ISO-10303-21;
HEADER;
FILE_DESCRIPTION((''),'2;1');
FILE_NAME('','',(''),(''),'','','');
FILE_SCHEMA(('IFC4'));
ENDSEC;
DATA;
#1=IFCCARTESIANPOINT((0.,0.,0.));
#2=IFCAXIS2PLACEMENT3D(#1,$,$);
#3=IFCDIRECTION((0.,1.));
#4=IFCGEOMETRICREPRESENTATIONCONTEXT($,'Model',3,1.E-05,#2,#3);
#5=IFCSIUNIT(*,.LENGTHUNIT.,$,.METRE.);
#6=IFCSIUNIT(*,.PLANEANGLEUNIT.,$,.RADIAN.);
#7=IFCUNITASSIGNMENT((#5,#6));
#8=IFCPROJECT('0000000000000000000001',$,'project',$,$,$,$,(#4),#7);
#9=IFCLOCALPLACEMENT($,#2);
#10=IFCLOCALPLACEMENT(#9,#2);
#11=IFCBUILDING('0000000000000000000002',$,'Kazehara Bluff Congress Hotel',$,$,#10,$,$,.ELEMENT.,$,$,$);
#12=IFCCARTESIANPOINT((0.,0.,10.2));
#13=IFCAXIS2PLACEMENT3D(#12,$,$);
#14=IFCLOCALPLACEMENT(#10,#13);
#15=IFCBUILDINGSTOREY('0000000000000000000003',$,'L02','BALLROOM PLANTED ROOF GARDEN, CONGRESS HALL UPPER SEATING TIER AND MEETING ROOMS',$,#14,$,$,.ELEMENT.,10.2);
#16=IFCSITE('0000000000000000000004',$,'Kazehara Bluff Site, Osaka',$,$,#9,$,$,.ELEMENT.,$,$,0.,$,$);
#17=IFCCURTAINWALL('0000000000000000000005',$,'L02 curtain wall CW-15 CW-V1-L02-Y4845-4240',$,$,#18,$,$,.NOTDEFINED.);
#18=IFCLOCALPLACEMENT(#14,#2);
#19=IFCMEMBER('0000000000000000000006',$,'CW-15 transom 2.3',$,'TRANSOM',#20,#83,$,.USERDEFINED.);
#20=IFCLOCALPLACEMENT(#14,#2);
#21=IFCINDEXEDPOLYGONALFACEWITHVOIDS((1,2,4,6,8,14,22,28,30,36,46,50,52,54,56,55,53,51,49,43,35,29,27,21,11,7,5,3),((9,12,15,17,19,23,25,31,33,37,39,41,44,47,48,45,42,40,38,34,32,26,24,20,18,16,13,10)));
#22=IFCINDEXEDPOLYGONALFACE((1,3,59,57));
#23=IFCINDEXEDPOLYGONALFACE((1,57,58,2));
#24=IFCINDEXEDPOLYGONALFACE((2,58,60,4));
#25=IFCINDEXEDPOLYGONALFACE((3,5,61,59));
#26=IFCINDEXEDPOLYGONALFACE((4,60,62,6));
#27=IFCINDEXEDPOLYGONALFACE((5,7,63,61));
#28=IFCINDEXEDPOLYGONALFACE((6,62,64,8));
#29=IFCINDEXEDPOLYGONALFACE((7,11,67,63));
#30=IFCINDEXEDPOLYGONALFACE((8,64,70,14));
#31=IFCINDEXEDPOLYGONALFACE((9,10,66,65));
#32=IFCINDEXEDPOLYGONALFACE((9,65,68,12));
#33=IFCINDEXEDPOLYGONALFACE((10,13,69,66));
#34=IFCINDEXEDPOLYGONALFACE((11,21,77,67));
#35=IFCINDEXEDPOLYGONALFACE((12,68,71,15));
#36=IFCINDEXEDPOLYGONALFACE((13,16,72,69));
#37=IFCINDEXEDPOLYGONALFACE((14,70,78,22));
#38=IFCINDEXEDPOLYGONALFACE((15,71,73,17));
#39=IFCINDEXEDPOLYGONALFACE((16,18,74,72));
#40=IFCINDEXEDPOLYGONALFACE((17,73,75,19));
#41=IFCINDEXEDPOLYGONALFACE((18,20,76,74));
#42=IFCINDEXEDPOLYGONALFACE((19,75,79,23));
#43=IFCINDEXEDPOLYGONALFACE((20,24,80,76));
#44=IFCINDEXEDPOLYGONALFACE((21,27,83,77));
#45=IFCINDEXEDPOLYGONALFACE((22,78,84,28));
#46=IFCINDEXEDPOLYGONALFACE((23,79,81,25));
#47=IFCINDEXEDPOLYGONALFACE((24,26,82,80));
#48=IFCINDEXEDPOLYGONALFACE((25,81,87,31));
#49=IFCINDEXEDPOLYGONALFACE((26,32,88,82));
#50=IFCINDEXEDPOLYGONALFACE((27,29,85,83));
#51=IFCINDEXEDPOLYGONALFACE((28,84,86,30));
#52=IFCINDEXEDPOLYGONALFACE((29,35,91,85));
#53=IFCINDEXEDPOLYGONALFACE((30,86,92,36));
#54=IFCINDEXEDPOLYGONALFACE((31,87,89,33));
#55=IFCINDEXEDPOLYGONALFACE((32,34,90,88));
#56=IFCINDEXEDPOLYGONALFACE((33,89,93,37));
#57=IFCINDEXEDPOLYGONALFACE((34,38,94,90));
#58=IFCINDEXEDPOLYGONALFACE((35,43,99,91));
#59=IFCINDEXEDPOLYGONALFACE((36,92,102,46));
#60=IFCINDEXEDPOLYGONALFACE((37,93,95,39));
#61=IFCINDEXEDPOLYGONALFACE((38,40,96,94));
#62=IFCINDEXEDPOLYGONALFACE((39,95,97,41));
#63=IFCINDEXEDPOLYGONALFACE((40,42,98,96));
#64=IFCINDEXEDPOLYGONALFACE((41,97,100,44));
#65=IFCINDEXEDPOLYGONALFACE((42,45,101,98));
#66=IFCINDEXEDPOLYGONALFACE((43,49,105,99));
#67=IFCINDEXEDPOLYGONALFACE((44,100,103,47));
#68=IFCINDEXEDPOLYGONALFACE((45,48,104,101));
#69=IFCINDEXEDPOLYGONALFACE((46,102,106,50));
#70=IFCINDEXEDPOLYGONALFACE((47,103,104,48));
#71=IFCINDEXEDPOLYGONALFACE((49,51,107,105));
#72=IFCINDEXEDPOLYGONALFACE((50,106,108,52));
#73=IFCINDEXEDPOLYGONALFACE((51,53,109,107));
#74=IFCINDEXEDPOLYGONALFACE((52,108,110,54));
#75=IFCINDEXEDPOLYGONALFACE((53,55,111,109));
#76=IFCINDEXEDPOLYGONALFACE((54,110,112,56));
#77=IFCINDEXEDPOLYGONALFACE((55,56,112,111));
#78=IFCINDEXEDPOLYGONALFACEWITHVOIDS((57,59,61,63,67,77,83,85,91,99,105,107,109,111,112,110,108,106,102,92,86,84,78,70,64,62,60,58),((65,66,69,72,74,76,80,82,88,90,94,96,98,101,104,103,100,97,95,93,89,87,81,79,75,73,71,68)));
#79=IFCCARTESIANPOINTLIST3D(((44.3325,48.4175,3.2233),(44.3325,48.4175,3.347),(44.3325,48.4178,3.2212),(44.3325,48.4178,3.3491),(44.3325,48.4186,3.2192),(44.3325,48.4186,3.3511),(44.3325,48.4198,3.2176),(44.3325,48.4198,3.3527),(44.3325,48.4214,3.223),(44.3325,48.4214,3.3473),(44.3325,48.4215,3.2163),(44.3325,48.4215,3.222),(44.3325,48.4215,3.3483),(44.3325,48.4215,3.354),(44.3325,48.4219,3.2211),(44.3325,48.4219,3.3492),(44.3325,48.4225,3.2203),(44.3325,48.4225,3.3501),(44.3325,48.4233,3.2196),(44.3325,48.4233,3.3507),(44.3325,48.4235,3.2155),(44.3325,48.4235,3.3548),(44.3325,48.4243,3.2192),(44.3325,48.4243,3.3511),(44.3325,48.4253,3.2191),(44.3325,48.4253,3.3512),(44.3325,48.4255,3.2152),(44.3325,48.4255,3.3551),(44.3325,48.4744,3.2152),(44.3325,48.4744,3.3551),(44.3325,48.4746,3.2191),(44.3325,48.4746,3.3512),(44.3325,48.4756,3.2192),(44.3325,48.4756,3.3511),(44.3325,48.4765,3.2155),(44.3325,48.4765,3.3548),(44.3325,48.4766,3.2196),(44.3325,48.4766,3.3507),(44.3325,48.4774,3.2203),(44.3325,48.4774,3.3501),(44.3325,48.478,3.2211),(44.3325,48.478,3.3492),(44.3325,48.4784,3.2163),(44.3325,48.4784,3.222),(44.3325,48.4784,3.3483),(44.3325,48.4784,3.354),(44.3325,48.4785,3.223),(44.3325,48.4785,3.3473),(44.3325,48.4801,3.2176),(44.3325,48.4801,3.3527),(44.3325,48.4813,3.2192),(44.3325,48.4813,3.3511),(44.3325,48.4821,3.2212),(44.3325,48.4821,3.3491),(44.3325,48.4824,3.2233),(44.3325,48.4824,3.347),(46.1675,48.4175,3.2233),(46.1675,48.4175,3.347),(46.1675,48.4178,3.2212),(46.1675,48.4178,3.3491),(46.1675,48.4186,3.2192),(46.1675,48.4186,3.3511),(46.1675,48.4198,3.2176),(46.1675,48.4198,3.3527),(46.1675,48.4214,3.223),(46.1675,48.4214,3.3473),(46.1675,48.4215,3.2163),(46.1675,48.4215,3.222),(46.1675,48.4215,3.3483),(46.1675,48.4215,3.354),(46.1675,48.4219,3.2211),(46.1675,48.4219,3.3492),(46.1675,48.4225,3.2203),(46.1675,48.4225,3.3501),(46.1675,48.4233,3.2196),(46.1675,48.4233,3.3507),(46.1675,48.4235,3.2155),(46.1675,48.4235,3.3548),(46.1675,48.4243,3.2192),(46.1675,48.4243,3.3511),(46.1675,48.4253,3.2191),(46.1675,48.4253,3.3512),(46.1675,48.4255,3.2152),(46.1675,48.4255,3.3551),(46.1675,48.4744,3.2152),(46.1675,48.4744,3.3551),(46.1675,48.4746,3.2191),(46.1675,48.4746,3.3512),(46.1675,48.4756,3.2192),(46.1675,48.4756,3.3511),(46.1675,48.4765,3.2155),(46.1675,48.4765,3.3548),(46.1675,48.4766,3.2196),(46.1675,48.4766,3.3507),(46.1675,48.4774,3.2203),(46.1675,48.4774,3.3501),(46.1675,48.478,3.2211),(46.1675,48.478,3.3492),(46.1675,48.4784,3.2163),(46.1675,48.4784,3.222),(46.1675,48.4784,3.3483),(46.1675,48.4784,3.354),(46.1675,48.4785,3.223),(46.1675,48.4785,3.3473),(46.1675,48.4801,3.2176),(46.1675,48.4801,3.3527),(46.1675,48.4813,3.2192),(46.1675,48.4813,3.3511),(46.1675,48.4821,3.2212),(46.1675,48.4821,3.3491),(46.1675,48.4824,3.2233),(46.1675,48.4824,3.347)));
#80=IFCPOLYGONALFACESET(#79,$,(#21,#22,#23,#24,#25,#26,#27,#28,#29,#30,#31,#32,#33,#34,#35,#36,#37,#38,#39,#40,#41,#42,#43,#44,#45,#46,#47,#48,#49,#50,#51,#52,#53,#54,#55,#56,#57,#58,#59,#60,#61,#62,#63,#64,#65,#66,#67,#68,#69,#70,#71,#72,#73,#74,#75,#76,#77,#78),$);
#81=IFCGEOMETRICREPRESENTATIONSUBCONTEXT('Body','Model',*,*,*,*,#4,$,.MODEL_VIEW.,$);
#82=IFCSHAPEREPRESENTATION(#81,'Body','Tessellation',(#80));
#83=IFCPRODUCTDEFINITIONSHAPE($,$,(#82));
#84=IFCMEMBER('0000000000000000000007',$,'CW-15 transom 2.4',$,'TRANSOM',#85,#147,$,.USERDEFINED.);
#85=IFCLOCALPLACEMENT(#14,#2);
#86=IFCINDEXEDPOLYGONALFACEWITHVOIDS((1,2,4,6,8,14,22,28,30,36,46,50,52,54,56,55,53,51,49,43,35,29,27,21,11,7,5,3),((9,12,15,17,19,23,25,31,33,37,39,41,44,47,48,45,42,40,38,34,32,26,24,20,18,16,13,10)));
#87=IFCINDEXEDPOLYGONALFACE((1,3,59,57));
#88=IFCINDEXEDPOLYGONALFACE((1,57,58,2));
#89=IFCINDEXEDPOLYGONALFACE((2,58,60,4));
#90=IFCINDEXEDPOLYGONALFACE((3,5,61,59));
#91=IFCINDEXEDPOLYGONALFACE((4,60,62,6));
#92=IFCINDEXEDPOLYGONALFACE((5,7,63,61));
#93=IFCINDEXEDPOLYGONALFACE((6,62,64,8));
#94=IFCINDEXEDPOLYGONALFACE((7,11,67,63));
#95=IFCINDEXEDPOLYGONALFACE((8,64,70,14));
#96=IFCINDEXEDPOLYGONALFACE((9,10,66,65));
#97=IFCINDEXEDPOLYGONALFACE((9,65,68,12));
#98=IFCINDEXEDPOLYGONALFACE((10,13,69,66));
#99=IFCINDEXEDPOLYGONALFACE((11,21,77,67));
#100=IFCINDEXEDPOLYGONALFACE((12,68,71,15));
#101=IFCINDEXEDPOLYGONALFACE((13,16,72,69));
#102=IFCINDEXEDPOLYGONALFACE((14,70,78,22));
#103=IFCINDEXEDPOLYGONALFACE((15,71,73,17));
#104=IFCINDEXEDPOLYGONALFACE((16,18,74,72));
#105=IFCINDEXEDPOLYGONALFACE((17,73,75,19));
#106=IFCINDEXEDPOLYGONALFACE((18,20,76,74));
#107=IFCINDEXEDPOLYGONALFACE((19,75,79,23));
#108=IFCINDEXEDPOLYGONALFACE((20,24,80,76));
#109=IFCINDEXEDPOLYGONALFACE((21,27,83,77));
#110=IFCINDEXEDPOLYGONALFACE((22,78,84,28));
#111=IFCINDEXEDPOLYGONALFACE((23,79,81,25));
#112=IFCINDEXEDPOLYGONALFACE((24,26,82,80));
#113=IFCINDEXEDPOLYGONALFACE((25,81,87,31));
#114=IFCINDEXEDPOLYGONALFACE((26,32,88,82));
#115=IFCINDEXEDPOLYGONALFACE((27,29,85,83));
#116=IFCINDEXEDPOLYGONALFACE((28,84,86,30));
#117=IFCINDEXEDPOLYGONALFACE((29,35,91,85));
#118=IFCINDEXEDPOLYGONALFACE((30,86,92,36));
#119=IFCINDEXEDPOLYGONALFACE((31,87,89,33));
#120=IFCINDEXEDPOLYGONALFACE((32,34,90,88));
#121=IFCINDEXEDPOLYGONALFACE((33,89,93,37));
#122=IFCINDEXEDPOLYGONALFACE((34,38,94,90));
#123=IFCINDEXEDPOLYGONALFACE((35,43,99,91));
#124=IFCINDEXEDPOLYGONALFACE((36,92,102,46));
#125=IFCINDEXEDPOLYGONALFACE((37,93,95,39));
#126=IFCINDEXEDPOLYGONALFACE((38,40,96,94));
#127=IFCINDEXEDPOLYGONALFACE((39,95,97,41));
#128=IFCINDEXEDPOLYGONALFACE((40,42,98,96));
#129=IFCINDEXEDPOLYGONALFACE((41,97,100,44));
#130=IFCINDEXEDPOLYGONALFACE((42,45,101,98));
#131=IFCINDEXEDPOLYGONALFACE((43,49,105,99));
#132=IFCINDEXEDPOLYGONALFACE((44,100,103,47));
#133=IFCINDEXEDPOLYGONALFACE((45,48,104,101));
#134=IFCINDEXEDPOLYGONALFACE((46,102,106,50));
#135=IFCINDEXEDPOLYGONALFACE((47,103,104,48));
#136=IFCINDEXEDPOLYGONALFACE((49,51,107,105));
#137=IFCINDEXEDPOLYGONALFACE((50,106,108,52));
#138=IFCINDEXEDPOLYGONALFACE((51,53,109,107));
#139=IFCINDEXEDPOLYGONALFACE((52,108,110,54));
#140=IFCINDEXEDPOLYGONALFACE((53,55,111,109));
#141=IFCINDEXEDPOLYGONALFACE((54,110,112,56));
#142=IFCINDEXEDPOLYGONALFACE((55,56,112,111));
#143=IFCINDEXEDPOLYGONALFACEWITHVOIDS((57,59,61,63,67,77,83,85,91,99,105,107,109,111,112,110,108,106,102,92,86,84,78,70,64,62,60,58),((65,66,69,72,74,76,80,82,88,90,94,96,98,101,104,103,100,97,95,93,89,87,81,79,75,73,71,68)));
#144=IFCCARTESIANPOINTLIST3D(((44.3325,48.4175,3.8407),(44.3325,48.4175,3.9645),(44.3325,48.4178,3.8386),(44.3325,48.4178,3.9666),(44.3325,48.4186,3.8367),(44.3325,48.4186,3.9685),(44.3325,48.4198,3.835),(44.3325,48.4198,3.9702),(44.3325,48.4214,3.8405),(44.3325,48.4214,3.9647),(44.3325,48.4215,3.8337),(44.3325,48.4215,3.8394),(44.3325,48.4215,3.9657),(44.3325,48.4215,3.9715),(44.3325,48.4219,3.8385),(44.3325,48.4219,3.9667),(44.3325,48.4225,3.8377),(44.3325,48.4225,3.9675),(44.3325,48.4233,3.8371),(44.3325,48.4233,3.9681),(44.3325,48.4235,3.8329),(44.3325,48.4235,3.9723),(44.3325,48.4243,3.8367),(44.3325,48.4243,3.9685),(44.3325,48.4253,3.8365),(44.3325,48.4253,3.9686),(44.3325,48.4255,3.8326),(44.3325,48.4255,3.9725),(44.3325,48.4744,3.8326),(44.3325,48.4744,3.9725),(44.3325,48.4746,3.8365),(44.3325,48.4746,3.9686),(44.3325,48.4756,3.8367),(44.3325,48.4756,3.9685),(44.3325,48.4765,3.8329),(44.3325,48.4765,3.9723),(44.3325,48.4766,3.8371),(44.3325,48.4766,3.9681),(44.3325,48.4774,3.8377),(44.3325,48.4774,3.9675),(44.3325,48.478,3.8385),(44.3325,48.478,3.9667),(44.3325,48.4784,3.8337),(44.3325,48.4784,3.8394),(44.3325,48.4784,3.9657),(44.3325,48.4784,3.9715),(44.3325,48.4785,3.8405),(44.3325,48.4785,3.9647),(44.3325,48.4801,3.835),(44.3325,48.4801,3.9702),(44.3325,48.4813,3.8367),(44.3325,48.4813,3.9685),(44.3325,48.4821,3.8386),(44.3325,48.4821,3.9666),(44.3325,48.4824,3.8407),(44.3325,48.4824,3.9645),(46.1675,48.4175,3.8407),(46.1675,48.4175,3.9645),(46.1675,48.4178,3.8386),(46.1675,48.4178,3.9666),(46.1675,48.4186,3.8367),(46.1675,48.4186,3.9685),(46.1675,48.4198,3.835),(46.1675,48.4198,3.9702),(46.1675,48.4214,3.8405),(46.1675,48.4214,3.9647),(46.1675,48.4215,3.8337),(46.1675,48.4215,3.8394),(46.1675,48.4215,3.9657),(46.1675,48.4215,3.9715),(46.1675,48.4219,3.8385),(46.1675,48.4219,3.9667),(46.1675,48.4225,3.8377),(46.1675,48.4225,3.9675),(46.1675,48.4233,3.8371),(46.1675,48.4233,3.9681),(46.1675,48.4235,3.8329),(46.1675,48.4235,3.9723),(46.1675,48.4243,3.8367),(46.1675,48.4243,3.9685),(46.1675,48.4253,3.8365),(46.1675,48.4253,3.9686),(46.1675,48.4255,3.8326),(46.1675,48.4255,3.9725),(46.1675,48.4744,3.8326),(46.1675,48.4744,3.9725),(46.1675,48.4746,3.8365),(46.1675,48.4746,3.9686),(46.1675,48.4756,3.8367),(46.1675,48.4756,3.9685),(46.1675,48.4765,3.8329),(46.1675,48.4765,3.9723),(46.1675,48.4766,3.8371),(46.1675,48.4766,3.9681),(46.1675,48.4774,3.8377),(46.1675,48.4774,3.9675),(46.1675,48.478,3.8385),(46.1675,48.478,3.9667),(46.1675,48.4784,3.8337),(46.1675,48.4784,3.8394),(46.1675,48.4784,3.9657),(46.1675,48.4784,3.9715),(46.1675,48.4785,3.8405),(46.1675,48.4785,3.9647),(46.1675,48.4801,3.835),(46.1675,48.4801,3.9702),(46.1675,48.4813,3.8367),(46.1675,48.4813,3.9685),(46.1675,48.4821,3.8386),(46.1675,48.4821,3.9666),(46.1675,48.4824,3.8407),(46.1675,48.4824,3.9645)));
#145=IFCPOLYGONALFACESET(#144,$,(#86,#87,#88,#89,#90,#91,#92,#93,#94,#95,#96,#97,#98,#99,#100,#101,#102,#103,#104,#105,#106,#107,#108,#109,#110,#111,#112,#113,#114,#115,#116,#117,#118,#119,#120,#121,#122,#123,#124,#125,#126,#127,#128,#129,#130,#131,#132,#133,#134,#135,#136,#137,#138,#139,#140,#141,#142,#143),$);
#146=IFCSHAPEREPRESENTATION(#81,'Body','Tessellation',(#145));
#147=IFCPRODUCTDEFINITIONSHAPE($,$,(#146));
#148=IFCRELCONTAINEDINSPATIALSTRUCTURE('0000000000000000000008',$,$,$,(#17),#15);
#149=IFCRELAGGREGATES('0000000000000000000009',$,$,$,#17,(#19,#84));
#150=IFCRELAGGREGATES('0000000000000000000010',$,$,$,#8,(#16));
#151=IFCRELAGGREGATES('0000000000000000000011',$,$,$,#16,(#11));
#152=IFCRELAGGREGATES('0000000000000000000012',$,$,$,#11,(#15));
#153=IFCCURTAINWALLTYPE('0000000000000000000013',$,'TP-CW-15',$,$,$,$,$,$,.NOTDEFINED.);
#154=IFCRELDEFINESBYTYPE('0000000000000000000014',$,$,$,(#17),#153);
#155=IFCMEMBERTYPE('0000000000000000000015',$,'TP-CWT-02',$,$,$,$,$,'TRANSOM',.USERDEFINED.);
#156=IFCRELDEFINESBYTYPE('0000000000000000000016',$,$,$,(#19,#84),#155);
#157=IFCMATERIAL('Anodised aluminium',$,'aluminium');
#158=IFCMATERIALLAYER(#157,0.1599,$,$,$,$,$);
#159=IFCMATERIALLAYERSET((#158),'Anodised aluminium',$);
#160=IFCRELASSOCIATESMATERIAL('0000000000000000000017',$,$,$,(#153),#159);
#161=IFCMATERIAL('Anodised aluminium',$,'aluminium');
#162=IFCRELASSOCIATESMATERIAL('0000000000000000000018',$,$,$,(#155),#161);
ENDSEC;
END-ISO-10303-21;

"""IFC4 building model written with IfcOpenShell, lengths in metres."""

from ifc_helpers import new_model, si_unit, direction, frame, origin, origin_2d, place, context, subcontext, project, spatial, hollow_rectangle, extrude, material, layer, layer_set, material_profile, profile_set, type_object, element, aggregate, save


model = new_model("IFC4")

# Units and contexts
model_context = context("Model", 3, precision=1e-05, world=origin(), true_north=direction((0.0, 1.0)))
body_context = subcontext(model_context, "Body", "Model", "MODEL_VIEW")
ifc_project = project(units=[si_unit("LENGTHUNIT", "METRE"), si_unit("PLANEANGLEUNIT", "RADIAN")], contexts=[model_context])

# Site, building, storey
site_placement = place(None, origin())
site = spatial("IfcSite", under=ifc_project, at=site_placement, Name="Kazehara Bluff Site, Osaka", CompositionType="ELEMENT", RefElevation=0.0)
building_placement = place(site_placement, origin())
building = spatial("IfcBuilding", under=site, at=building_placement, Name="Kazehara Bluff Congress Hotel", CompositionType="ELEMENT")
storey_placement = place(building_placement, frame((0.0, 0.0, 10.2)))
storey = spatial("IfcBuildingStorey", under=building, at=storey_placement, Name="L02", Description="BALLROOM PLANTED ROOF GARDEN, CONGRESS HALL UPPER SEATING TIER AND MEETING ROOMS", CompositionType="ELEMENT", Elevation=10.2)

# Curtain wall
ifc_material_1 = material(Name="Anodised aluminium", Category="aluminium")
ifc_layer_1 = layer(ifc_material_1, 0.1599)
ifc_layer_set_1 = layer_set([ifc_layer_1], Name="Anodised aluminium")
curtain_wall_type_1 = type_object("IfcCurtainWallType", Name="TP-CW-15", PredefinedType="NOTDEFINED", material=ifc_layer_set_1)
curtain_wall_1_placement = place(storey_placement, origin())
curtain_wall_1 = element("IfcCurtainWall", 1, at=curtain_wall_1_placement, inside=storey, type_object=curtain_wall_type_1, Name="L02 curtain wall CW-15 CW-V1-L02-Y4845-4240", PredefinedType="NOTDEFINED")

# Members
ifc_material_2 = material(Name="Anodised aluminium", Category="aluminium")
ifc_material_profile_1 = material_profile(ifc_material_2, hollow_rectangle(XDim=0.0649, YDim=0.1399, WallThickness=0.0039, InnerFilletRadius=0.0039, OuterFilletRadius=0.0081, at=origin_2d()))
ifc_profile_set_1 = profile_set([ifc_material_profile_1], Name="Anodised aluminium")
member_type_1 = type_object("IfcMemberType", Name="TP-CWT-02", ElementType="TRANSOM", PredefinedType="USERDEFINED", material=ifc_profile_set_1)
member_1_placement = place(storey_placement, frame((44.3325, 48.45, 3.2852), z_axis=(1.0, 0.0, 0.0), x_axis=(0.0, 1.0, 0.0)))
member_1 = element("IfcMember", 2, at=member_1_placement, type_object=member_type_1, Name="CW-15 transom 2.3", ObjectType="TRANSOM", PredefinedType="USERDEFINED", context=body_context, shape_type="SweptSolid", body=[
    extrude(hollow_rectangle(XDim=0.0649, YDim=0.1399, WallThickness=0.0039, InnerFilletRadius=0.0039, OuterFilletRadius=0.0081, at=origin_2d()), origin(), (0.0, 0.0, 1.0), 1.835),
])
member_2_placement = place(storey_placement, frame((44.3325, 48.45, 3.9026), z_axis=(1.0, 0.0, 0.0), x_axis=(0.0, 1.0, 0.0)))
member_2 = element("IfcMember", 3, at=member_2_placement, type_object=member_type_1, Name="CW-15 transom 2.4", ObjectType="TRANSOM", PredefinedType="USERDEFINED", context=body_context, shape_type="SweptSolid", body=[
    extrude(hollow_rectangle(XDim=0.0649, YDim=0.1399, WallThickness=0.0039, InnerFilletRadius=0.0039, OuterFilletRadius=0.0081, at=origin_2d()), origin(), (0.0, 0.0, 1.0), 1.835),
])

aggregate(curtain_wall_1, [member_1, member_2])

save(model, "model.ifc")
